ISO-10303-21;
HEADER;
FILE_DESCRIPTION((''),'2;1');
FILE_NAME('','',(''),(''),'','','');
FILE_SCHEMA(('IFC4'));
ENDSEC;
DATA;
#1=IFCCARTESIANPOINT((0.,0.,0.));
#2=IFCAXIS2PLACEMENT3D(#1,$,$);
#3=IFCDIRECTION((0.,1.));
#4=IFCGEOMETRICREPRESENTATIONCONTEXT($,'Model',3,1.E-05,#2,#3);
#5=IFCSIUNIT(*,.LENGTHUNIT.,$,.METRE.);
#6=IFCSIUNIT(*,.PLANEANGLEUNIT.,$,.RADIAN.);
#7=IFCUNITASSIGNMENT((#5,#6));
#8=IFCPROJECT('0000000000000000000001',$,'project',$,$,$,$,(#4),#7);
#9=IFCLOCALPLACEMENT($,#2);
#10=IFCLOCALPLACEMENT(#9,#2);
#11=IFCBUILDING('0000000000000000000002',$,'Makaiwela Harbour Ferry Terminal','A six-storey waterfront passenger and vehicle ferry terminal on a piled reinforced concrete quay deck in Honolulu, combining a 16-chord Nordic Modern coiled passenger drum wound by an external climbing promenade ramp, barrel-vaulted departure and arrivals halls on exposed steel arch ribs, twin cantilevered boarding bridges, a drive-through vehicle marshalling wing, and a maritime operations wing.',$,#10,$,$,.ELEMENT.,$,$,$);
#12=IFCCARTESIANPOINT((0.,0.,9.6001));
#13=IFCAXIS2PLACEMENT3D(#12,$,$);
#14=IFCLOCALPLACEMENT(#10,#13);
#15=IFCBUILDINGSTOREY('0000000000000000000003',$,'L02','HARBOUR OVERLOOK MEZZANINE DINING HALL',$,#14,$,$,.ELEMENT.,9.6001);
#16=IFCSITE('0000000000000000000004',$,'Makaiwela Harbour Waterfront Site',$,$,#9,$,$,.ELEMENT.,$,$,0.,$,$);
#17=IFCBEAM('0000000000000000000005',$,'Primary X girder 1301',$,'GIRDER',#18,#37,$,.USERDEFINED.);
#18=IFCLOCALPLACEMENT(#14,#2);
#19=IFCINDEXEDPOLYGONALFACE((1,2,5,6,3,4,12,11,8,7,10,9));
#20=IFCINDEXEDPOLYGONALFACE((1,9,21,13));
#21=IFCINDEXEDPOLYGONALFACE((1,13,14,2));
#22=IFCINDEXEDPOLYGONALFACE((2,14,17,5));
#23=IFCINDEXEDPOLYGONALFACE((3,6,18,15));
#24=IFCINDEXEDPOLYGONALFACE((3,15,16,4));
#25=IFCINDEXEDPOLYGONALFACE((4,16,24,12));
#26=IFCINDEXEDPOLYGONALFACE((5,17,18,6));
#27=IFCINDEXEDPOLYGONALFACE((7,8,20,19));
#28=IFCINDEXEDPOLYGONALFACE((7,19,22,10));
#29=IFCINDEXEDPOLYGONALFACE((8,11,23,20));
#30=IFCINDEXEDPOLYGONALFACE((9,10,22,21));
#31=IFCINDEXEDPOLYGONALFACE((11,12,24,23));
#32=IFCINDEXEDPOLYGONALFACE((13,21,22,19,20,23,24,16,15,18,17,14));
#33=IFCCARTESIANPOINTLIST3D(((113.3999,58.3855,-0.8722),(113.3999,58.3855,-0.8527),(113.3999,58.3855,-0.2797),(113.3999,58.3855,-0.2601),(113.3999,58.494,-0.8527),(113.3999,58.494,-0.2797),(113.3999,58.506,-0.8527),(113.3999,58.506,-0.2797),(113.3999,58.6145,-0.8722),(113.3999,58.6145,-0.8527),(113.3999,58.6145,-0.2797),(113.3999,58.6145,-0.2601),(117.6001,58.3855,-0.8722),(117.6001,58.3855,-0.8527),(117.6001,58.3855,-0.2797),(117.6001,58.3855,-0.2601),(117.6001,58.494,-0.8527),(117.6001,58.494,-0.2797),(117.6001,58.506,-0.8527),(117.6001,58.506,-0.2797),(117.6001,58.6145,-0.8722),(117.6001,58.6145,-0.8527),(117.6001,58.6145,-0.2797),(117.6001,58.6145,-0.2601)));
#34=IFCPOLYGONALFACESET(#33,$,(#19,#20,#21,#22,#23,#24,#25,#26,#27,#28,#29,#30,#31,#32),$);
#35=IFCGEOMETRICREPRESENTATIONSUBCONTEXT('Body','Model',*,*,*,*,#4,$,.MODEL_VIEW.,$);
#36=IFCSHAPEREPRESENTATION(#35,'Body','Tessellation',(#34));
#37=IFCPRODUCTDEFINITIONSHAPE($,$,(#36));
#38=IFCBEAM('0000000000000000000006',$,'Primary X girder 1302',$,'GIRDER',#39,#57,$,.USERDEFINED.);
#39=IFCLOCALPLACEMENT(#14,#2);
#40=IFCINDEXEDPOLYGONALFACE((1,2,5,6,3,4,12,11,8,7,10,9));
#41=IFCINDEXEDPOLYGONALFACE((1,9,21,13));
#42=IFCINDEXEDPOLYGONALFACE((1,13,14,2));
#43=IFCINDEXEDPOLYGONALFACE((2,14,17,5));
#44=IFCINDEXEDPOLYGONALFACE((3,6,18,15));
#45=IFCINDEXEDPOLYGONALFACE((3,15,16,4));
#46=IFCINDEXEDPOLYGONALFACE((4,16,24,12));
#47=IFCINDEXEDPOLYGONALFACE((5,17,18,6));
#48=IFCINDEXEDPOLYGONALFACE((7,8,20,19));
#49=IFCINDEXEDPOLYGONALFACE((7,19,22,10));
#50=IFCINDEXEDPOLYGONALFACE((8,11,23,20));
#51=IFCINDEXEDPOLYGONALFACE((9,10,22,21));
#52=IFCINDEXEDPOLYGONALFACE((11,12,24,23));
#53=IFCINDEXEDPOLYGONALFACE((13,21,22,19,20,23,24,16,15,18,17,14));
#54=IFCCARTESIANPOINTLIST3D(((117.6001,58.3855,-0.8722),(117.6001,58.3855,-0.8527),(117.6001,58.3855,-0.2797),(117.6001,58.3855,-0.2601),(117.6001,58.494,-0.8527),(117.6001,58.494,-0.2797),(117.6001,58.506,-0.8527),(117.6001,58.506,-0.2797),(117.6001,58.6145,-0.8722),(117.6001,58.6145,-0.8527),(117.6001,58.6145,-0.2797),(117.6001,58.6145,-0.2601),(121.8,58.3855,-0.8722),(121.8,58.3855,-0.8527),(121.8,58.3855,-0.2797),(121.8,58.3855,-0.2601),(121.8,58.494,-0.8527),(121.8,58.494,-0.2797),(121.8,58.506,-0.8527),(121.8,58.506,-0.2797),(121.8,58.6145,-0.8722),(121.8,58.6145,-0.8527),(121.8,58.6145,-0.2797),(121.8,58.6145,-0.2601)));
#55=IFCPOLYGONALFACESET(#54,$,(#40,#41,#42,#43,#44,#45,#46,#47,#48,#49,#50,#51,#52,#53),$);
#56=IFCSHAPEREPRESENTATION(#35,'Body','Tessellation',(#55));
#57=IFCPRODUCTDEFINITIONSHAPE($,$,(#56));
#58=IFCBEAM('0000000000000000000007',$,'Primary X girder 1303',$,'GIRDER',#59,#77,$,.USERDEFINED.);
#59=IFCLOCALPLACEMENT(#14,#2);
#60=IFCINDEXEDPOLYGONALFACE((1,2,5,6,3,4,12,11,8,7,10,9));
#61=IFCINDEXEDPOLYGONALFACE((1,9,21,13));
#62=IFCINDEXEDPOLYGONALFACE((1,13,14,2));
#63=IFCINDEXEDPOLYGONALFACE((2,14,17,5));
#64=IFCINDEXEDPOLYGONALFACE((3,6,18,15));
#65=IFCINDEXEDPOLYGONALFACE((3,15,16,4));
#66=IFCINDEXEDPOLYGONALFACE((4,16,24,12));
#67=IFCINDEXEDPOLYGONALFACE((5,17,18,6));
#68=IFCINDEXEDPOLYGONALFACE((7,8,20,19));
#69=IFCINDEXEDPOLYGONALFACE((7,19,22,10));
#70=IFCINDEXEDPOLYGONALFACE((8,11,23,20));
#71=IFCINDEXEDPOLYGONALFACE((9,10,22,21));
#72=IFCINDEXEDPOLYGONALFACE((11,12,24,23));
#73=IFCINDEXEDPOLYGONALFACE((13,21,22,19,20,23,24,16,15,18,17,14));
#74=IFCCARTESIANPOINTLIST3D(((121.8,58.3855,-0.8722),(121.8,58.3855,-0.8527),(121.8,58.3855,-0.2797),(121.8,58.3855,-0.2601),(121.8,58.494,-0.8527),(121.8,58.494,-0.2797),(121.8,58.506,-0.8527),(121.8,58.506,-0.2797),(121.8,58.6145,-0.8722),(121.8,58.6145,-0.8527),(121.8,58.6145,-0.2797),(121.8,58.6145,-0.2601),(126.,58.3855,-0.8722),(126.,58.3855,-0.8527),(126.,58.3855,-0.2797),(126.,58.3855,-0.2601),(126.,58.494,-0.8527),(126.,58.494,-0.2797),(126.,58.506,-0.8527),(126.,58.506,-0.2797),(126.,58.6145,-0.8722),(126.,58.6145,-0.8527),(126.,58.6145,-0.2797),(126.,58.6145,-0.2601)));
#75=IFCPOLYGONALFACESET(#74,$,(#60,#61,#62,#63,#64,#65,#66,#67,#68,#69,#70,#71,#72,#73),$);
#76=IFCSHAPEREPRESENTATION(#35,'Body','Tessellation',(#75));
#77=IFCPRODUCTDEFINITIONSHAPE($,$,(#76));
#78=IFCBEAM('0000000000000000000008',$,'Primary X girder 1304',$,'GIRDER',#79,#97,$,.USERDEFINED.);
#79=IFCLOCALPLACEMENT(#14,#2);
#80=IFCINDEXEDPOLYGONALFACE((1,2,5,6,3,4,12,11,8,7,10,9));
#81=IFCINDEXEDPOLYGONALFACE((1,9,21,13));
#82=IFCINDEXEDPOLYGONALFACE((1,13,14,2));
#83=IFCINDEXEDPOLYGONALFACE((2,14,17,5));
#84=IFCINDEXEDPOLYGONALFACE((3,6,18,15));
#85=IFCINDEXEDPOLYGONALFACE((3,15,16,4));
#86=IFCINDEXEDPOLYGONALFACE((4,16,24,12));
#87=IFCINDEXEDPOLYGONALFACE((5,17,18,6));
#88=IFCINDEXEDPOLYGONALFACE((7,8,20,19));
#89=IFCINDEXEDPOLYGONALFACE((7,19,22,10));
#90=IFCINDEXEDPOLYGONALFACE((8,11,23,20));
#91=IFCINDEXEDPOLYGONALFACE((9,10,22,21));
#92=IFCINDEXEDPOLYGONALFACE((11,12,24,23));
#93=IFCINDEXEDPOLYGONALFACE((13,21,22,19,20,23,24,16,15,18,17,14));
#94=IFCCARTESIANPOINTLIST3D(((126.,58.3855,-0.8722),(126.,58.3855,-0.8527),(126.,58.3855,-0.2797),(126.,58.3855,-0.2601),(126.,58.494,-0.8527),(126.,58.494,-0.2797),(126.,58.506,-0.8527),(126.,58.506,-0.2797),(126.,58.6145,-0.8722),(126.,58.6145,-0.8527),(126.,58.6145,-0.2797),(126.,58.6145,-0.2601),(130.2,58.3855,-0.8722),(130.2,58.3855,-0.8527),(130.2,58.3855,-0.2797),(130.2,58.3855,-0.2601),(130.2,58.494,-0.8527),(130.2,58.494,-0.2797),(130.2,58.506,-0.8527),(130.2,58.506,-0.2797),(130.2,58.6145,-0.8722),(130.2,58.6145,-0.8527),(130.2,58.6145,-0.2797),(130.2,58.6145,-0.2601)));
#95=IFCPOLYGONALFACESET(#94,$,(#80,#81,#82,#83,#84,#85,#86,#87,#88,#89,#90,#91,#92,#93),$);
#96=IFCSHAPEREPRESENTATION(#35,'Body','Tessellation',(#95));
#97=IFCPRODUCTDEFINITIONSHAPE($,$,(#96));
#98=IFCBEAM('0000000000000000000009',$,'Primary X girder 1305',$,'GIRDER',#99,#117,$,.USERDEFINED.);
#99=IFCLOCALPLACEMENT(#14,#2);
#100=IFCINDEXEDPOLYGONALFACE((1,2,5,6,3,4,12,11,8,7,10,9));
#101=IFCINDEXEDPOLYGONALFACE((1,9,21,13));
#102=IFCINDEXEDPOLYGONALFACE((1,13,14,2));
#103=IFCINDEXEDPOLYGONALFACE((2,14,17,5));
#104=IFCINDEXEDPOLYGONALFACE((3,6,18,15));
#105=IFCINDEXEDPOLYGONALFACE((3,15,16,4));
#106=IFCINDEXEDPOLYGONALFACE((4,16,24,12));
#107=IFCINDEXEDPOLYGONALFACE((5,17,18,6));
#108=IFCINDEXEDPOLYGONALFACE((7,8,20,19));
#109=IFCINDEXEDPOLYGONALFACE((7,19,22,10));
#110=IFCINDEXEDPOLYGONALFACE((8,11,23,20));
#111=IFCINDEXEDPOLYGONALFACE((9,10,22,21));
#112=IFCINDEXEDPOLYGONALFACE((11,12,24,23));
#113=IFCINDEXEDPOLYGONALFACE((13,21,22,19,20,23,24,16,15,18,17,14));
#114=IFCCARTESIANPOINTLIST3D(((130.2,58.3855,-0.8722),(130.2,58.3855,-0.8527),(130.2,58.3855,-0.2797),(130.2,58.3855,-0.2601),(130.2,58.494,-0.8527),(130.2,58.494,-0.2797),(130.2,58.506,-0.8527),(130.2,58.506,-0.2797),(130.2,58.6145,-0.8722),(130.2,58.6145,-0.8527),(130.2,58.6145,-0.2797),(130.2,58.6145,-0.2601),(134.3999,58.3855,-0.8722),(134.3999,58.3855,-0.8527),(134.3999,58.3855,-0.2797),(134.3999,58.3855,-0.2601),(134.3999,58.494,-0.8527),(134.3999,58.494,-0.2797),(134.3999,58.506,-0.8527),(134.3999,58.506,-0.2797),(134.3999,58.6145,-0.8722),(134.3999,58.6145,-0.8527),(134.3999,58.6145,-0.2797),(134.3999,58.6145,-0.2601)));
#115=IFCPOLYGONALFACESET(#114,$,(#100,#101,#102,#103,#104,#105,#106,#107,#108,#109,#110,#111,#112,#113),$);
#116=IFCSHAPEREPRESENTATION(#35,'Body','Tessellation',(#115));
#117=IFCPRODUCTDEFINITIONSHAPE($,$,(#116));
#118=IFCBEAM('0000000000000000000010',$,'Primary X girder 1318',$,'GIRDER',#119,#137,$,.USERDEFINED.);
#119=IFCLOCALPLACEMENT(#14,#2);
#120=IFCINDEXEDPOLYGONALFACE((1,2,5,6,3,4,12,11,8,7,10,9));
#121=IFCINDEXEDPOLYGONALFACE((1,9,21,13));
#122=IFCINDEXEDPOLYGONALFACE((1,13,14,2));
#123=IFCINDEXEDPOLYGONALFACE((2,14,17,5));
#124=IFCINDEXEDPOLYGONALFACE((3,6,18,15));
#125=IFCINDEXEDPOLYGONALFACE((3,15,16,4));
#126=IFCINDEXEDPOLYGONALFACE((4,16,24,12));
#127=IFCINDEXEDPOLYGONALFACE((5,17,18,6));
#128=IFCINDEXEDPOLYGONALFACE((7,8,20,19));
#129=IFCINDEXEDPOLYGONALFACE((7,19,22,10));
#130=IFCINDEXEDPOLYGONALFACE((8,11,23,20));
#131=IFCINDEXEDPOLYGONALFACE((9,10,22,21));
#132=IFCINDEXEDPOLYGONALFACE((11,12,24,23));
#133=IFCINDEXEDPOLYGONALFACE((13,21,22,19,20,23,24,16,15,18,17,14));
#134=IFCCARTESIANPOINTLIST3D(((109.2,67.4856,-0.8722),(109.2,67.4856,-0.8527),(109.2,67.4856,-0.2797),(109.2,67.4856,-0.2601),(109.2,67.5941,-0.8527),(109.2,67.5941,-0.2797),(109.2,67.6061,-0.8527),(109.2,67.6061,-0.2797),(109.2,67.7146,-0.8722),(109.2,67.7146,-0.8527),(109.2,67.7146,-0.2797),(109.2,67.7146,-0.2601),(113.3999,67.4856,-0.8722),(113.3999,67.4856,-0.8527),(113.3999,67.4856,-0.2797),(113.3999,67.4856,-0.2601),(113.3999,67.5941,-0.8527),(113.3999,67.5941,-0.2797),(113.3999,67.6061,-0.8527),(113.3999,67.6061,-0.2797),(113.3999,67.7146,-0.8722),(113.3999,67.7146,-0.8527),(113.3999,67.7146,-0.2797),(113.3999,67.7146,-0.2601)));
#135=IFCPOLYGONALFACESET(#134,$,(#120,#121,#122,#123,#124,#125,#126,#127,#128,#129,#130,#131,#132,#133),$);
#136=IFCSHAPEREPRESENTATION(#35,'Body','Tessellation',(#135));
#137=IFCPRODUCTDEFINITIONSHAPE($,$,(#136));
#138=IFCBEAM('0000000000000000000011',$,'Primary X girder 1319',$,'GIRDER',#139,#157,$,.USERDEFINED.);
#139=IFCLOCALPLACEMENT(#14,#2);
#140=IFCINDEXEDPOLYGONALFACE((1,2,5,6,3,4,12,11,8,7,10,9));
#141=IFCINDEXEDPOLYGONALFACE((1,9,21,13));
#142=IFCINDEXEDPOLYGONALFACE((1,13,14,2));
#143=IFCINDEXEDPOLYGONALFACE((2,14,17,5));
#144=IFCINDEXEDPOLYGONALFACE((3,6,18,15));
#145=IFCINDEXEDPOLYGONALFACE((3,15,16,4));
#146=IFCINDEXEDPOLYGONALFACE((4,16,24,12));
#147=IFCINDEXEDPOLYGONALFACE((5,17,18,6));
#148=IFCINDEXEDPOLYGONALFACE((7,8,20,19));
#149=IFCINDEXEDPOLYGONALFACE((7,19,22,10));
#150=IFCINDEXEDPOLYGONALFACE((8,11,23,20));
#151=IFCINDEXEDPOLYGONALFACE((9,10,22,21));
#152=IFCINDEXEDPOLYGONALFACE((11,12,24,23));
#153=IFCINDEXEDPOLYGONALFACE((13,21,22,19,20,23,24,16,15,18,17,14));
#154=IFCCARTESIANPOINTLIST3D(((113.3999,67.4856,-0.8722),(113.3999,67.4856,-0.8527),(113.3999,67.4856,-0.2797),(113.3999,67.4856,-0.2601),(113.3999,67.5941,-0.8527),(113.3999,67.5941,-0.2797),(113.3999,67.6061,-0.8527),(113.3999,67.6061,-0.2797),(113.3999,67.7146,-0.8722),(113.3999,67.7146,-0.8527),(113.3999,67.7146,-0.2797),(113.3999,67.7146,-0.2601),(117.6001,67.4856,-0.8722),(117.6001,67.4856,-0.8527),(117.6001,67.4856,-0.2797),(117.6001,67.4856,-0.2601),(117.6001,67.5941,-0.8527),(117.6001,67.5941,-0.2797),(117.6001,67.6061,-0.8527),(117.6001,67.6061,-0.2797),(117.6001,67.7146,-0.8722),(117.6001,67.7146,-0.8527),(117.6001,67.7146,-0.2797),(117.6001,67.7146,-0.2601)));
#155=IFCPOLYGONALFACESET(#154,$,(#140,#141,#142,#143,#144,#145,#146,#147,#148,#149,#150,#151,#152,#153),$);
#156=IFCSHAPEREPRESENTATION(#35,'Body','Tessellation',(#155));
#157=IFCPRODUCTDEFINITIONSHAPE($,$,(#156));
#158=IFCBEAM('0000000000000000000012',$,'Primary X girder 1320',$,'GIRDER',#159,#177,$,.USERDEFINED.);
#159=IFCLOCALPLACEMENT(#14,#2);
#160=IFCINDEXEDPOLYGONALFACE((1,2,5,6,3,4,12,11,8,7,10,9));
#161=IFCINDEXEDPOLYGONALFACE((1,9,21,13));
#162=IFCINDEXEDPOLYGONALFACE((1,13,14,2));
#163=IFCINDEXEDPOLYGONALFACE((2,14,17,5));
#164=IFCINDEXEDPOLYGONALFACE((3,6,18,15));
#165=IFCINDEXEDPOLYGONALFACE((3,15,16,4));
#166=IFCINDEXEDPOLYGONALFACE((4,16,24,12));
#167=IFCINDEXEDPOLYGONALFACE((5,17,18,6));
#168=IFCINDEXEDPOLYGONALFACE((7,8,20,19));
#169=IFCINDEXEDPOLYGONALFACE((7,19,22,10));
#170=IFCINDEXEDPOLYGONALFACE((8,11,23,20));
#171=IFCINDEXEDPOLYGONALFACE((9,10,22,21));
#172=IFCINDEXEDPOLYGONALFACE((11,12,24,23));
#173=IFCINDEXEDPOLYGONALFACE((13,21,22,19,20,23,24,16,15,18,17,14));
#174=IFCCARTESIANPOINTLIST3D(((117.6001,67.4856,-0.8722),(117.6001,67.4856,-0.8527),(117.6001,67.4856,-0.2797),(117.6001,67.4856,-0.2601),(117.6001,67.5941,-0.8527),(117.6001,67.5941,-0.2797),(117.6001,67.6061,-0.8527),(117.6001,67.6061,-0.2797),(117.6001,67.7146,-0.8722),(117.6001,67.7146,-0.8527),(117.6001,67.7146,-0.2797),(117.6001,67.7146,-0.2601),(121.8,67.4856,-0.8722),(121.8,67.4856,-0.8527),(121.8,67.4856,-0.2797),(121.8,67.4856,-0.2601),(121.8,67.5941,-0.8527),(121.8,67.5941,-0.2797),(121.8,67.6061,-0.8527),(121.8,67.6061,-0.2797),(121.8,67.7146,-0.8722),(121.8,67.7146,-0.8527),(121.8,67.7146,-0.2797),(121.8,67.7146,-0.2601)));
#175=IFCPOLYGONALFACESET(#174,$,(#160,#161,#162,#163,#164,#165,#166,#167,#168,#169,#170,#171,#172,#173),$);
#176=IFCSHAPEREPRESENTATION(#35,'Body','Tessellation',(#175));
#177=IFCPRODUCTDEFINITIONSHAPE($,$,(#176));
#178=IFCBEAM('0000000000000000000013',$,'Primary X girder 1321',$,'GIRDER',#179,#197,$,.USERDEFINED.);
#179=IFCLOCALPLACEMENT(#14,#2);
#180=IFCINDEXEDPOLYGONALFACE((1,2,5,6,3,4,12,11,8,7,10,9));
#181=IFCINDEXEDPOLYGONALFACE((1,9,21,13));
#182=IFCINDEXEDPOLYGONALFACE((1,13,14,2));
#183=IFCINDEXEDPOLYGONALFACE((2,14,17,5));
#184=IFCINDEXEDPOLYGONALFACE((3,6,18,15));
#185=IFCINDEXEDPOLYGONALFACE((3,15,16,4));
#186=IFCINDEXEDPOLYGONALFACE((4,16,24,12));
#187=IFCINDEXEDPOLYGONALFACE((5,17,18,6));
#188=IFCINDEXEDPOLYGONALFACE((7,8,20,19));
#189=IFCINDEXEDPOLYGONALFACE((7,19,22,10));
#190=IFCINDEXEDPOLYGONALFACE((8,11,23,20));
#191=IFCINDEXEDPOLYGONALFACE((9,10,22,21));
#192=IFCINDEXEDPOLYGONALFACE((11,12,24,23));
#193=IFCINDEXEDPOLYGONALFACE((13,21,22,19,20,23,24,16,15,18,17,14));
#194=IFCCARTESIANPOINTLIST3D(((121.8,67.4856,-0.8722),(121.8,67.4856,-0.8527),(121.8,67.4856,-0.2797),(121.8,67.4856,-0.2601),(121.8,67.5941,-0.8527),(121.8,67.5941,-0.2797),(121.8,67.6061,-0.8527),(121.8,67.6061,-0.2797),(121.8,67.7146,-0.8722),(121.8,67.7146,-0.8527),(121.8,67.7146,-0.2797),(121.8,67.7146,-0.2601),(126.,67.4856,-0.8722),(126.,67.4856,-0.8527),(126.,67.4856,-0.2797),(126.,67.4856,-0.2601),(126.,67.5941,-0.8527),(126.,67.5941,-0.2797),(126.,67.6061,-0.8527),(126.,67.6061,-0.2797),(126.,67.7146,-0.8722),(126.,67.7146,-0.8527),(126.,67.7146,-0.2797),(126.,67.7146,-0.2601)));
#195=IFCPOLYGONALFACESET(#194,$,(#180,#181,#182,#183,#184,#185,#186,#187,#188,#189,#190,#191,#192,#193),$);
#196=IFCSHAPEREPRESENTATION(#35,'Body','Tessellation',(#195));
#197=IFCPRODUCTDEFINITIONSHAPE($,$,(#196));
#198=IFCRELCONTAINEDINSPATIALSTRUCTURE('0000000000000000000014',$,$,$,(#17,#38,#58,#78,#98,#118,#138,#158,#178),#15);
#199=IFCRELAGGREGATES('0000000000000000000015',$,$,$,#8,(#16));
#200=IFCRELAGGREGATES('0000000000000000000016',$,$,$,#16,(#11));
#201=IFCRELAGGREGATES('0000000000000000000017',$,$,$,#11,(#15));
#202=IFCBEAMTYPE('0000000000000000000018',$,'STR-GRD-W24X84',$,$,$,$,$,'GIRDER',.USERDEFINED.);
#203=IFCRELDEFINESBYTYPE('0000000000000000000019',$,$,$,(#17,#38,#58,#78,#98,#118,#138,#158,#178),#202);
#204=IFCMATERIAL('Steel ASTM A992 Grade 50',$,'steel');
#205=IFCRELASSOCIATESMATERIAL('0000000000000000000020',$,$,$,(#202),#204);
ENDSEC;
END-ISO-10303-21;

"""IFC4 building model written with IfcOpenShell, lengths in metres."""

from ifc_helpers import new_model, si_unit, direction, frame, origin, origin_2d, place, context, subcontext, project, spatial, i_section, extrude, material, material_profile, profile_set, type_object, element, save


model = new_model("IFC4")

# Units and contexts
model_context = context("Model", 3, precision=1e-05, world=origin(), true_north=direction((0.0, 1.0)))
body_context = subcontext(model_context, "Body", "Model", "MODEL_VIEW")
ifc_project = project(units=[si_unit("LENGTHUNIT", "METRE"), si_unit("PLANEANGLEUNIT", "RADIAN")], contexts=[model_context])

# Site, building, storey
site_placement = place(None, origin())
site = spatial("IfcSite", under=ifc_project, at=site_placement, Name="Makaiwela Harbour Waterfront Site", CompositionType="ELEMENT", RefElevation=0.0)
building_placement = place(site_placement, origin())
building = spatial("IfcBuilding", under=site, at=building_placement, Name="Makaiwela Harbour Ferry Terminal", Description="A six-storey waterfront passenger and vehicle ferry terminal on a piled reinforced concrete quay deck in Honolulu, combining a 16-chord Nordic Modern coiled passenger drum wound by an external climbing promenade ramp, barrel-vaulted departure and arrivals halls on exposed steel arch ribs, twin cantilevered boarding bridges, a drive-through vehicle marshalling wing, and a maritime operations wing.", CompositionType="ELEMENT")
storey_placement = place(building_placement, frame((0.0, 0.0, 9.6001)))
storey = spatial("IfcBuildingStorey", under=building, at=storey_placement, Name="L02", Description="HARBOUR OVERLOOK MEZZANINE DINING HALL", CompositionType="ELEMENT", Elevation=9.6001)

# Shared definitions
ifc_material = material(Name="Steel ASTM A992 Grade 50", Category="steel")

# Beams
ifc_material_profile_1 = material_profile(ifc_material, i_section(OverallWidth=0.229, OverallDepth=0.6121, WebThickness=0.012, FlangeThickness=0.0195, at=origin_2d()), Name="W24X84")
ifc_profile_set_1 = profile_set([ifc_material_profile_1], Name="Steel ASTM A992 Grade 50")
beam_type_1 = type_object("IfcBeamType", Name="STR-GRD-W24X84", ElementType="GIRDER", PredefinedType="USERDEFINED", material=ifc_profile_set_1)
beam_1_placement = place(storey_placement, frame((113.3999, 58.5, -0.5662), z_axis=(1.0, 0.0, 0.0), x_axis=(0.0, 1.0, 0.0)))
element("IfcBeam", 1, at=beam_1_placement, inside=storey, type_object=beam_type_1, Name="Primary X girder 1301", ObjectType="GIRDER", PredefinedType="USERDEFINED", context=body_context, shape_type="SweptSolid", body=[
    extrude(i_section(OverallWidth=0.229, OverallDepth=0.6121, WebThickness=0.012, FlangeThickness=0.0195, at=origin_2d()), origin(), (0.0, 0.0, 1.0), 4.2002),
])
for number, where, z_axis, x_axis, name in (
    (2, (117.6001, 58.5, -0.5662), (1.0, 0.0, 0.0), (0.0, 1.0, 0.0), "Primary X girder 1302"),
    (3, (121.8, 58.5, -0.5662), (1.0, 0.0, 0.0), (0.0, 1.0, 0.0), "Primary X girder 1303"),
    (4, (126.0, 58.5, -0.5662), (1.0, 0.0, 0.0), (0.0, 1.0, 0.0), "Primary X girder 1304"),
    (5, (130.2, 58.5, -0.5662), (1.0, 0.0, 0.0), (0.0, 1.0, 0.0), "Primary X girder 1305"),
    (6, (109.2, 67.6001, -0.5662), (1.0, 0.0, 0.0), (0.0, 1.0, 0.0), "Primary X girder 1318"),
):
    element("IfcBeam", number, at=place(storey_placement, frame(where, z_axis=z_axis, x_axis=x_axis)), inside=storey, type_object=beam_type_1, Name=name, ObjectType="GIRDER", PredefinedType="USERDEFINED", context=body_context, shape_type="SweptSolid", body=[
        extrude(i_section(OverallWidth=0.229, OverallDepth=0.6121, WebThickness=0.012, FlangeThickness=0.0195, at=origin_2d()), origin(), (0.0, 0.0, 1.0), 4.2),
    ])
beam_2_placement = place(storey_placement, frame((113.3999, 67.6001, -0.5662), z_axis=(1.0, 0.0, 0.0), x_axis=(0.0, 1.0, 0.0)))
element("IfcBeam", 7, at=beam_2_placement, inside=storey, type_object=beam_type_1, Name="Primary X girder 1319", ObjectType="GIRDER", PredefinedType="USERDEFINED", context=body_context, shape_type="SweptSolid", body=[
    extrude(i_section(OverallWidth=0.229, OverallDepth=0.6121, WebThickness=0.012, FlangeThickness=0.0195, at=origin_2d()), origin(), (0.0, 0.0, 1.0), 4.2002),
])
for number, where, z_axis, x_axis, name in (
    (8, (117.6001, 67.6001, -0.5662), (1.0, 0.0, 0.0), (0.0, 1.0, 0.0), "Primary X girder 1320"),
    (9, (121.8, 67.6001, -0.5662), (1.0, 0.0, 0.0), (0.0, 1.0, 0.0), "Primary X girder 1321"),
):
    element("IfcBeam", number, at=place(storey_placement, frame(where, z_axis=z_axis, x_axis=x_axis)), inside=storey, type_object=beam_type_1, Name=name, ObjectType="GIRDER", PredefinedType="USERDEFINED", context=body_context, shape_type="SweptSolid", body=[
        extrude(i_section(OverallWidth=0.229, OverallDepth=0.6121, WebThickness=0.012, FlangeThickness=0.0195, at=origin_2d()), origin(), (0.0, 0.0, 1.0), 4.2),
    ])

save(model, "model.ifc")
